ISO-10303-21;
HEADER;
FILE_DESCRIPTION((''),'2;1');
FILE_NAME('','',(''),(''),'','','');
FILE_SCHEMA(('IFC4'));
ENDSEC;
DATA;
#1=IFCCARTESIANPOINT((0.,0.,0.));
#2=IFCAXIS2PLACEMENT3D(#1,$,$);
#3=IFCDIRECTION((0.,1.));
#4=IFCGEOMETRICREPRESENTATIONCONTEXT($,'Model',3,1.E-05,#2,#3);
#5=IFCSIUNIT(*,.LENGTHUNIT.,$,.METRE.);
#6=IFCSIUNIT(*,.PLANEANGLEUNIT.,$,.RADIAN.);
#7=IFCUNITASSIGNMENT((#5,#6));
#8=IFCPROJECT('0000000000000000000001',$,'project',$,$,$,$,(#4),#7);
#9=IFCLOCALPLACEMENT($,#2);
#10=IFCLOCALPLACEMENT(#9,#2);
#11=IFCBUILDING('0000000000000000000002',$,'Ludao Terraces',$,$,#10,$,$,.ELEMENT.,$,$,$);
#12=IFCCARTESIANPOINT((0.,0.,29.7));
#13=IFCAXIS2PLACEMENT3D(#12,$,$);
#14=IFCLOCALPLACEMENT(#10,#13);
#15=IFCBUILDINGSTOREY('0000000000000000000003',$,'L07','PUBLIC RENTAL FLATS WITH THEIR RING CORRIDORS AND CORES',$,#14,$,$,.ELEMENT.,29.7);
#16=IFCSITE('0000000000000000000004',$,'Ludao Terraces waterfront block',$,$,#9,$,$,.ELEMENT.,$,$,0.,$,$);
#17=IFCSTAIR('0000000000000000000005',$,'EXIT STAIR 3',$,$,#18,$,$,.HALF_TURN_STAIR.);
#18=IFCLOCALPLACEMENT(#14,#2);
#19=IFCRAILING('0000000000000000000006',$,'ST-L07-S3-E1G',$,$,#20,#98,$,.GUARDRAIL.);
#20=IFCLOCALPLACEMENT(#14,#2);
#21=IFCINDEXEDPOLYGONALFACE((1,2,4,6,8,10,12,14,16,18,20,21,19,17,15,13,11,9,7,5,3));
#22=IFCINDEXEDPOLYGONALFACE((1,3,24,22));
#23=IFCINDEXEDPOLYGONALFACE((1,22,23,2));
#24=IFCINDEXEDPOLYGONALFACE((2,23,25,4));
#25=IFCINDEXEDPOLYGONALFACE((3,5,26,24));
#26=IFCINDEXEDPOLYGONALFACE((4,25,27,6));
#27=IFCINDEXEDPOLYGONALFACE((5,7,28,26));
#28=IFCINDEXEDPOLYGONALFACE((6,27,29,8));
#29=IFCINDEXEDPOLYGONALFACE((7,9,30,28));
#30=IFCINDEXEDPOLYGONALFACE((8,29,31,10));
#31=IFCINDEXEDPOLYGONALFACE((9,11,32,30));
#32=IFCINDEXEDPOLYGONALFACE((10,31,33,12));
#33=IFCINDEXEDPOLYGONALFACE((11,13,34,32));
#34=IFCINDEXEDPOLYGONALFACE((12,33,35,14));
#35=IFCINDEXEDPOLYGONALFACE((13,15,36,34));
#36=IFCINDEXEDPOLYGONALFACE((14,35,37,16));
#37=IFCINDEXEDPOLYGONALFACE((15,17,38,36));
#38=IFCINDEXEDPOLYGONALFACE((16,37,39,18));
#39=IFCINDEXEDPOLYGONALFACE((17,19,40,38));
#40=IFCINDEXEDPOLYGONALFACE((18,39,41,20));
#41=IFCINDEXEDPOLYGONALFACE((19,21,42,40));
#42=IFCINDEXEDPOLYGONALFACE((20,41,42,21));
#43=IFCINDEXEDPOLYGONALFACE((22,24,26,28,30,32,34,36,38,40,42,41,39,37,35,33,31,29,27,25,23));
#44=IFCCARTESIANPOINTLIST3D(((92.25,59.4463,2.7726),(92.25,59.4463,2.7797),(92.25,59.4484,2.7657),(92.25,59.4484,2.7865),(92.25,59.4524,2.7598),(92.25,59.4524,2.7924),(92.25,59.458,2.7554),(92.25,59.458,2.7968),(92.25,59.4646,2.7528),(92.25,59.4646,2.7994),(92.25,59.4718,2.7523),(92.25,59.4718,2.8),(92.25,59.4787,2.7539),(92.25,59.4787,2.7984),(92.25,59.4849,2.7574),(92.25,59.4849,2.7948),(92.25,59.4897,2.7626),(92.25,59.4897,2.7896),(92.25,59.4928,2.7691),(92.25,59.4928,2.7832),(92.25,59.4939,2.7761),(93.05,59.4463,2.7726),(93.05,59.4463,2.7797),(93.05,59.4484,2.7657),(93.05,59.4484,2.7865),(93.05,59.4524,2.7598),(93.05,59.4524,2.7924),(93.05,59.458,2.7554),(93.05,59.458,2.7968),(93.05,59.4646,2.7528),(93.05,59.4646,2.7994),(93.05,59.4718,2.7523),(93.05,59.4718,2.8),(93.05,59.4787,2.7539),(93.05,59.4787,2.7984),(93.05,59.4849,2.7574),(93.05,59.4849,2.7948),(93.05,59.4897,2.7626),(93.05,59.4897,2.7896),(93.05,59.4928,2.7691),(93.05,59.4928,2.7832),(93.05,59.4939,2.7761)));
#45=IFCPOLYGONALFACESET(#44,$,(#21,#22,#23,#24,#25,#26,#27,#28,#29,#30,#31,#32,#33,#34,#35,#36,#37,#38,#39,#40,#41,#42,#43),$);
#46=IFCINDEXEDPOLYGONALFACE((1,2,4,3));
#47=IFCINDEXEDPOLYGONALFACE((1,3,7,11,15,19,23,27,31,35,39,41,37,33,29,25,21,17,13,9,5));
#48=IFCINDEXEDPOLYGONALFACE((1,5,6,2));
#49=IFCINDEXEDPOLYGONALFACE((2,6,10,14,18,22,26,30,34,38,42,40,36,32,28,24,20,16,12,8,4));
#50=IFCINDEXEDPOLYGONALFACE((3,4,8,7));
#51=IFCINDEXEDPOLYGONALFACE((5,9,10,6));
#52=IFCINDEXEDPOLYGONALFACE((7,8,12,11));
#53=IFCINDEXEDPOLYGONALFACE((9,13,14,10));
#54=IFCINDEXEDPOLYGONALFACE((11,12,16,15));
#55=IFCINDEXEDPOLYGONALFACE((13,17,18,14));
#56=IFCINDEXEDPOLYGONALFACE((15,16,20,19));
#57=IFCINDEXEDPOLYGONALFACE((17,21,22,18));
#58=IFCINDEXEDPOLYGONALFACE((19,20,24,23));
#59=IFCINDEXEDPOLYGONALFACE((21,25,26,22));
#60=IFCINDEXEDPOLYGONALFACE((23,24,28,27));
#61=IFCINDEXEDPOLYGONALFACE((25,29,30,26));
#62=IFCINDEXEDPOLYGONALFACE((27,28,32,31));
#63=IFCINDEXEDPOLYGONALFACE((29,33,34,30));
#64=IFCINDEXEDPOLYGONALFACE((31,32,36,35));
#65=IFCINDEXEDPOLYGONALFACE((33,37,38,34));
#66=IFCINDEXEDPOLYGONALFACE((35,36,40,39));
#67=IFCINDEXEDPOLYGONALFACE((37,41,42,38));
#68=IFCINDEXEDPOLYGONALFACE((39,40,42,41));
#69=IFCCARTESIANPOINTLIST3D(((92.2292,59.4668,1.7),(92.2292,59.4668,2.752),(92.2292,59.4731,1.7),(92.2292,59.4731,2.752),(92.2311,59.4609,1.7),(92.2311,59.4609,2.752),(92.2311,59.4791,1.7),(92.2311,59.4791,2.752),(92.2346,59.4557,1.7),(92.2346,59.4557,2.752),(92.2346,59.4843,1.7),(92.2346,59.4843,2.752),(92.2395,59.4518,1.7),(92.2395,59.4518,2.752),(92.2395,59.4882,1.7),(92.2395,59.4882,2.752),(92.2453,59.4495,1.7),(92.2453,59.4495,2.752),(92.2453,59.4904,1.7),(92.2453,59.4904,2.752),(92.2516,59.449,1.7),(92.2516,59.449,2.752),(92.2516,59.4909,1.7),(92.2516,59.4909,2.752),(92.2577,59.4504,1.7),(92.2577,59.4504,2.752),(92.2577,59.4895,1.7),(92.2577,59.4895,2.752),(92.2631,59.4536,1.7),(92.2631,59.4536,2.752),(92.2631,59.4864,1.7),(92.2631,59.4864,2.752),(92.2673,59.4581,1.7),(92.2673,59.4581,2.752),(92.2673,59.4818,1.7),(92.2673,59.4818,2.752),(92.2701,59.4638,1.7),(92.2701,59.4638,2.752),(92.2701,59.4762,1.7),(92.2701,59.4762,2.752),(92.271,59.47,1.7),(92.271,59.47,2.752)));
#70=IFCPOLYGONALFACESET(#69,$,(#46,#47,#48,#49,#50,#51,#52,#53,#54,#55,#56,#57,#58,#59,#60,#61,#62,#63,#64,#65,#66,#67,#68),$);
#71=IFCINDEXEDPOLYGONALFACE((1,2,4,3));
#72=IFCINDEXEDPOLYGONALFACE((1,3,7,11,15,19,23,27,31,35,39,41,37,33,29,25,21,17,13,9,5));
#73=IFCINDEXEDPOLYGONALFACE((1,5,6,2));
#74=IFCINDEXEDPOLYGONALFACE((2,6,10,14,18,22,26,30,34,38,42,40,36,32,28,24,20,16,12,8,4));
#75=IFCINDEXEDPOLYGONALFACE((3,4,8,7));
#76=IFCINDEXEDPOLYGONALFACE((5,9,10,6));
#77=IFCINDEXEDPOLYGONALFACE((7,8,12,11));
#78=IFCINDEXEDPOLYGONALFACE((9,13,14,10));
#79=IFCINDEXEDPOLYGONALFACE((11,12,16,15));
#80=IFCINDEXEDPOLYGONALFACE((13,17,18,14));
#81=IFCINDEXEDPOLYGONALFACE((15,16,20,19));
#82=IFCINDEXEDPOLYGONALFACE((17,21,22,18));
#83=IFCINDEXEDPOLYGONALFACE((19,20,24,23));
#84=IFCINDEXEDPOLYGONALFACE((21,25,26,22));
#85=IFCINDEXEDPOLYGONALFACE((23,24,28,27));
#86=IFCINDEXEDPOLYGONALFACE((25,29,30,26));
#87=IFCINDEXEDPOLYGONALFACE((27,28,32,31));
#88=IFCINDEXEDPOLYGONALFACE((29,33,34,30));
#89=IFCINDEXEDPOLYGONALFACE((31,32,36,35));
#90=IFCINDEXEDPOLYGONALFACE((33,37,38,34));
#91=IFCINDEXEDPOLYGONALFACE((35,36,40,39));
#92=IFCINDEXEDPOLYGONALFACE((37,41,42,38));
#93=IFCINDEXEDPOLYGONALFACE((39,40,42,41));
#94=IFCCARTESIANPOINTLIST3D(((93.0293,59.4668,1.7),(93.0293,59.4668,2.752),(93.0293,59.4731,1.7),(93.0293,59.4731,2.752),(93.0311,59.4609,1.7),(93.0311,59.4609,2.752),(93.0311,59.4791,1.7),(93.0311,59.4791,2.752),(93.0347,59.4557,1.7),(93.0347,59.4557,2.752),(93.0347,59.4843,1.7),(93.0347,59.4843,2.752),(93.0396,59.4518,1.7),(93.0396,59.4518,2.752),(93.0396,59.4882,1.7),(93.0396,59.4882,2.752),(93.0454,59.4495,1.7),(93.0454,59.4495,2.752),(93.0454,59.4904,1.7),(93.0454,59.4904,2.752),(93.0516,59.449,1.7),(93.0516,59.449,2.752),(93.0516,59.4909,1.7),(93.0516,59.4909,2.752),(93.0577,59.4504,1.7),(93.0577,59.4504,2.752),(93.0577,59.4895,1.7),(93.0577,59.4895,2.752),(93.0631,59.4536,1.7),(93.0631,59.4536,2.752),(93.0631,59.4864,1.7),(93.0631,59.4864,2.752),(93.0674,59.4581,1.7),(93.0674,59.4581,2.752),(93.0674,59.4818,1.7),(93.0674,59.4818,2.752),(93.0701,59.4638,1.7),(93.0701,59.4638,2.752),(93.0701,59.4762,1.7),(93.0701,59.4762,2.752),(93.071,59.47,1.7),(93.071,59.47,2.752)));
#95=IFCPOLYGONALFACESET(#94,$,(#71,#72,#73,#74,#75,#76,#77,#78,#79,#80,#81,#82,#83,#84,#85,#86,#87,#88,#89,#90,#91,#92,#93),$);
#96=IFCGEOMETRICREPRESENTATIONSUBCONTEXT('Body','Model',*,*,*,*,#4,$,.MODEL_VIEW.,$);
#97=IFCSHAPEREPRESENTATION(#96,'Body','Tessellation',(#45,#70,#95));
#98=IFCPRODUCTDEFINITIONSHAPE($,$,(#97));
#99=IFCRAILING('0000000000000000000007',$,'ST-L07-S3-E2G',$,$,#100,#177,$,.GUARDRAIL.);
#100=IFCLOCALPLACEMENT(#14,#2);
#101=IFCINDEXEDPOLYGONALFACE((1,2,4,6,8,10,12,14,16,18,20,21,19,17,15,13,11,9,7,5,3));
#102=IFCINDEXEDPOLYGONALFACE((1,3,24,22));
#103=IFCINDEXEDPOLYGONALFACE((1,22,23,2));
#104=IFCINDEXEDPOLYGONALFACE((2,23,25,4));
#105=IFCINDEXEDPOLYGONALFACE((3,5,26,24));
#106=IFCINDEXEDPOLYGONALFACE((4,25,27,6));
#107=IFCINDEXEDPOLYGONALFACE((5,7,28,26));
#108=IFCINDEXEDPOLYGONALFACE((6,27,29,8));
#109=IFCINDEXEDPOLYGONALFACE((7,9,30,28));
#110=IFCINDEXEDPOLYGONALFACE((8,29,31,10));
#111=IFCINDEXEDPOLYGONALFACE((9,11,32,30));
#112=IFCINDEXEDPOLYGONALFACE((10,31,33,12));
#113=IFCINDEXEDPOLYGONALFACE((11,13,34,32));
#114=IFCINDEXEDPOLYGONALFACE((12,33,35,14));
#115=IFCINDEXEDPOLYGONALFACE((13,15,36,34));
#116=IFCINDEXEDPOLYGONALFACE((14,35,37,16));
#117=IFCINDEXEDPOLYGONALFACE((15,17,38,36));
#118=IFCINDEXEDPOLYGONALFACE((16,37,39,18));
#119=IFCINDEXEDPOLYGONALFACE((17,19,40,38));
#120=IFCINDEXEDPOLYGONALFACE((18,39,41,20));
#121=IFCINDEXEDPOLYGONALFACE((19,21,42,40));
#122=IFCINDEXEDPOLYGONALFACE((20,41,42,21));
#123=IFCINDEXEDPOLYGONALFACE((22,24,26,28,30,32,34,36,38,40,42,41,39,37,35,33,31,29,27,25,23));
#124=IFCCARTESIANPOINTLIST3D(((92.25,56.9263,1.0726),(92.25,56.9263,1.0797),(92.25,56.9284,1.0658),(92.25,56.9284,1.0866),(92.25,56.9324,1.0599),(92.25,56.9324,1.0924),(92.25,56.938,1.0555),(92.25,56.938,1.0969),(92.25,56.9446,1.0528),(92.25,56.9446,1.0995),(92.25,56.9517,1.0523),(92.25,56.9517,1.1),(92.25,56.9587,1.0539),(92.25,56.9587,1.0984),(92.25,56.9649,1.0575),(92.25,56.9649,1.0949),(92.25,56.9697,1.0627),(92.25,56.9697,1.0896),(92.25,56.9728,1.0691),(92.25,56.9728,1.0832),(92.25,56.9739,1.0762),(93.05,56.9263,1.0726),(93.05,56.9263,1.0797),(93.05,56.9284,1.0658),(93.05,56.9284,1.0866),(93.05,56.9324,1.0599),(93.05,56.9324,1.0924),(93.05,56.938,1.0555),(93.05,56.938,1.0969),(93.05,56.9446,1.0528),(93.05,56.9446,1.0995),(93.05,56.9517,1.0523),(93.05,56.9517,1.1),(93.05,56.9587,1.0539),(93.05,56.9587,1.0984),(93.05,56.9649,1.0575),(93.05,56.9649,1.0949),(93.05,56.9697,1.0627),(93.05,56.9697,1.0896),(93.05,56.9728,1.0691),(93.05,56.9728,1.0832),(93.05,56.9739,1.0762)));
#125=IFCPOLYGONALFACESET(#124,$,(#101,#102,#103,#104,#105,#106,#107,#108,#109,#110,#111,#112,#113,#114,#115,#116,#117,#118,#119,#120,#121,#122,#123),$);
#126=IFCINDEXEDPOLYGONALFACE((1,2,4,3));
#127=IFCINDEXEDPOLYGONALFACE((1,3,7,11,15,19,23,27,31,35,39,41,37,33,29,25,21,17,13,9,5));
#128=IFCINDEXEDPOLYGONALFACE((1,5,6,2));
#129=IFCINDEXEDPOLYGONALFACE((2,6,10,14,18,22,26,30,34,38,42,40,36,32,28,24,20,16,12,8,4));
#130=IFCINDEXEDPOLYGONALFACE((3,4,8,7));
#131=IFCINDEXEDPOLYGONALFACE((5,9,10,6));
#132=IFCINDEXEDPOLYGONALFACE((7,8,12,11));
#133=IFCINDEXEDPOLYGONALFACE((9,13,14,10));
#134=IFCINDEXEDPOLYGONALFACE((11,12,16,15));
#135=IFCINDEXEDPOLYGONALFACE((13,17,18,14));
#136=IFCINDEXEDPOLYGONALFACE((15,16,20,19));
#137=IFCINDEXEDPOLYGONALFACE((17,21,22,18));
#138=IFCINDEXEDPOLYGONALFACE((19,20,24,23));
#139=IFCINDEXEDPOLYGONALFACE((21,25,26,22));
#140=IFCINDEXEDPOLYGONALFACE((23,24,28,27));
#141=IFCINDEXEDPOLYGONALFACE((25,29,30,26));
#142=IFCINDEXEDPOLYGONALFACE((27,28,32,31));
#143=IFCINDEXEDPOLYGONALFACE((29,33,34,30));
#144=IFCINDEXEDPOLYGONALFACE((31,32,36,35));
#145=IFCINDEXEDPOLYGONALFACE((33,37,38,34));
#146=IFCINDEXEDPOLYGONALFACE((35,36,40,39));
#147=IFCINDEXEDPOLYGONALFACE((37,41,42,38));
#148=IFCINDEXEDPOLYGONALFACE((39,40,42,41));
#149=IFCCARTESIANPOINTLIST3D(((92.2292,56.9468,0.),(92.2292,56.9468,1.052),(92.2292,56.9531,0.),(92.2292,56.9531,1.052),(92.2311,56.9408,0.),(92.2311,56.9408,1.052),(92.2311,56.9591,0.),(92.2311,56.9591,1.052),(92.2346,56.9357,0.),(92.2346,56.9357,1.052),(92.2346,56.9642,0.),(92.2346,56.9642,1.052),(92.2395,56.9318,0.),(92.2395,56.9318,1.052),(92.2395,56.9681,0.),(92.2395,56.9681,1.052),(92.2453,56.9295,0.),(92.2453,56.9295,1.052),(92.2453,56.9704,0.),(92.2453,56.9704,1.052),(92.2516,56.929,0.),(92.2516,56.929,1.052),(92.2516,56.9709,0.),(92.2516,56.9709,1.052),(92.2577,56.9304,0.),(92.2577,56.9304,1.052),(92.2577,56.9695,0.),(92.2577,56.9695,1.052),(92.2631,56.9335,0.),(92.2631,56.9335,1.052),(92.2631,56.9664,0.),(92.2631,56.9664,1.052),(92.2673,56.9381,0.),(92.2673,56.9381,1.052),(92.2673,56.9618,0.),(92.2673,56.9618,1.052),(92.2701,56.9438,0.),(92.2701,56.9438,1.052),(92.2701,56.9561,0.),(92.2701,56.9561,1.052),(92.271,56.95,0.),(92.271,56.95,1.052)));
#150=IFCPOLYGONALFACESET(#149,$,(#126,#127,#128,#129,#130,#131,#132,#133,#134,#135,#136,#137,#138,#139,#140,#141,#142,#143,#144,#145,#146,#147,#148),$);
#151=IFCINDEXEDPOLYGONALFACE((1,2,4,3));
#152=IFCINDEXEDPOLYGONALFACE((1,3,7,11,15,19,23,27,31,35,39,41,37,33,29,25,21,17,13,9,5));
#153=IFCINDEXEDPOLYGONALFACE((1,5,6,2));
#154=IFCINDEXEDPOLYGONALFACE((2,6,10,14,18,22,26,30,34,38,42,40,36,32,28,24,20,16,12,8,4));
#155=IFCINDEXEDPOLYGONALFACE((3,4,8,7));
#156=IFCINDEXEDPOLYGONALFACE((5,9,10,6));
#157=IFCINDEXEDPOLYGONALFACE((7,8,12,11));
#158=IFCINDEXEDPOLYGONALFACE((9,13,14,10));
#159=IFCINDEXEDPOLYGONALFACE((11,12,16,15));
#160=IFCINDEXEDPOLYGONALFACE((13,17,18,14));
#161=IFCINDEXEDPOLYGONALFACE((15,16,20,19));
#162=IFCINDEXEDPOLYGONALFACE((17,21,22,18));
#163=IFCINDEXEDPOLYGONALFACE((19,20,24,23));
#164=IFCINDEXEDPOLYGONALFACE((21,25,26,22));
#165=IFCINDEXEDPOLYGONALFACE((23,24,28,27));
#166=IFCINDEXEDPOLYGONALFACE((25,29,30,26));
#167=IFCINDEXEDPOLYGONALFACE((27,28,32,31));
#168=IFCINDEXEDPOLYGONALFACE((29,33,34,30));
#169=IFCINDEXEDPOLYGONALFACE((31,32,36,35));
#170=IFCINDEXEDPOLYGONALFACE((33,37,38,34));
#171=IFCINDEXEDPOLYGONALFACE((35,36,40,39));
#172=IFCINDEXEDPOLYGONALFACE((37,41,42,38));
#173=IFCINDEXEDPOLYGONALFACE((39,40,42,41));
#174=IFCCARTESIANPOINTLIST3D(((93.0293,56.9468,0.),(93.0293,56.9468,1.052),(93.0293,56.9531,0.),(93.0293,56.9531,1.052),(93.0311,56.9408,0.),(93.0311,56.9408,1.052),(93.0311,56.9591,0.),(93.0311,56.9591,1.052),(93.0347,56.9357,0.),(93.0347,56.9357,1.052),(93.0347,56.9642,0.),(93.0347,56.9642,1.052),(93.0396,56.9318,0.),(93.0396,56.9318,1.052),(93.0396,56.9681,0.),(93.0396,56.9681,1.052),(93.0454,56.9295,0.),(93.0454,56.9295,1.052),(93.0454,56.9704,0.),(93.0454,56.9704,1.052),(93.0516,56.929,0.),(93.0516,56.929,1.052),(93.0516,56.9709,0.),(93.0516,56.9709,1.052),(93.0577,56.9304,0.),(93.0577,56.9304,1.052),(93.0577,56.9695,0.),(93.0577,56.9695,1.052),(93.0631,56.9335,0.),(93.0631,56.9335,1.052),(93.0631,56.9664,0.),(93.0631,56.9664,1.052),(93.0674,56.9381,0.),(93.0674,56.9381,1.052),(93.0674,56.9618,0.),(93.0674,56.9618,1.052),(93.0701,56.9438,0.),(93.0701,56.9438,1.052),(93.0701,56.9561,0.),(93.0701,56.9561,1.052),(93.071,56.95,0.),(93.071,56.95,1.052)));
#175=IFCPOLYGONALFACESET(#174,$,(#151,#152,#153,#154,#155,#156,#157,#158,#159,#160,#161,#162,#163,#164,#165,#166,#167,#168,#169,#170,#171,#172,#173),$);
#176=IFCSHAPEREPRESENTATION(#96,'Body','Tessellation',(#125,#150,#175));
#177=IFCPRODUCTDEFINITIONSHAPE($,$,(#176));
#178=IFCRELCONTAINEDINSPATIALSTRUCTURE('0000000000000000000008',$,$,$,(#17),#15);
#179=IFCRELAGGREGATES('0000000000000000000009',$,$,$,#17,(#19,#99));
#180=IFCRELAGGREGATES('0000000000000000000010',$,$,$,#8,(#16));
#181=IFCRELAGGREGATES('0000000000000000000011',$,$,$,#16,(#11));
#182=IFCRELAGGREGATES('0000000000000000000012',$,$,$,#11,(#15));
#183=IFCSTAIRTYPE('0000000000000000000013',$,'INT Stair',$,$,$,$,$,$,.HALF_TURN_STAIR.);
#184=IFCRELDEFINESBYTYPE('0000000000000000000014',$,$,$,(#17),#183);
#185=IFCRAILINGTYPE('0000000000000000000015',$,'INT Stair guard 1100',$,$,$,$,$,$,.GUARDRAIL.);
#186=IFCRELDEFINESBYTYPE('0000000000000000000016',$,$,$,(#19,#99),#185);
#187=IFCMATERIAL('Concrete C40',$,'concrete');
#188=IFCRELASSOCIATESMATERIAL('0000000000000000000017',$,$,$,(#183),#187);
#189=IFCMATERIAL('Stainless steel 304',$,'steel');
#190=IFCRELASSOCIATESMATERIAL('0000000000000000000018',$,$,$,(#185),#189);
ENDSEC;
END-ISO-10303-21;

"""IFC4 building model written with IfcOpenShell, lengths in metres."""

from ifc_helpers import new_model, si_unit, direction, frame, origin, origin_2d, place, context, subcontext, project, spatial, circle, extrude, material, type_object, element, aggregate, save


model = new_model("IFC4")

# Units and contexts
model_context = context("Model", 3, precision=1e-05, world=origin(), true_north=direction((0.0, 1.0)))
body_context = subcontext(model_context, "Body", "Model", "MODEL_VIEW")
ifc_project = project(units=[si_unit("LENGTHUNIT", "METRE"), si_unit("PLANEANGLEUNIT", "RADIAN")], contexts=[model_context])

# Site, building, storey
site_placement = place(None, origin())
site = spatial("IfcSite", under=ifc_project, at=site_placement, Name="Ludao Terraces waterfront block", CompositionType="ELEMENT", RefElevation=0.0)
building_placement = place(site_placement, origin())
building = spatial("IfcBuilding", under=site, at=building_placement, Name="Ludao Terraces", CompositionType="ELEMENT")
storey_placement = place(building_placement, frame((0.0, 0.0, 29.7)))
storey = spatial("IfcBuildingStorey", under=building, at=storey_placement, Name="L07", Description="PUBLIC RENTAL FLATS WITH THEIR RING CORRIDORS AND CORES", CompositionType="ELEMENT", Elevation=29.7)

# Stair, railings
ifc_material_1 = material(Name="Concrete C40", Category="concrete")
stair_type = type_object("IfcStairType", Name="INT Stair", PredefinedType="HALF_TURN_STAIR", material=ifc_material_1)
stair_placement = place(storey_placement, origin())
stair = element("IfcStair", 1, at=stair_placement, inside=storey, type_object=stair_type, Name="EXIT STAIR 3", PredefinedType="HALF_TURN_STAIR")
ifc_material_2 = material(Name="Stainless steel 304", Category="steel")
railing_type_1 = type_object("IfcRailingType", Name="INT Stair guard 1100", PredefinedType="GUARDRAIL", material=ifc_material_2)
railing_1_placement = place(storey_placement, frame((92.25, 59.47, 1.7)))
railing_1 = element("IfcRailing", 2, at=railing_1_placement, type_object=railing_type_1, Name="ST-L07-S3-E1G", PredefinedType="GUARDRAIL", context=body_context, shape_type="SweptSolid", body=[
    extrude(circle(Radius=0.0239, at=origin_2d()), frame((0.0, 0.0, 1.0762), z_axis=(1.0, 0.0, 0.0), x_axis=(0.0, 1.0, 0.0)), (0.0, 0.0, 1.0), 0.8),
    extrude(circle(Radius=0.021, at=origin_2d()), origin(), (0.0, 0.0, 1.0), 1.052),
    extrude(circle(Radius=0.021, at=origin_2d()), frame((0.8, 0.0, 0.0)), (0.0, 0.0, 1.0), 1.052),
])
railing_2_placement = place(storey_placement, frame((92.25, 56.95, 0.0)))
railing_2 = element("IfcRailing", 3, at=railing_2_placement, type_object=railing_type_1, Name="ST-L07-S3-E2G", PredefinedType="GUARDRAIL", context=body_context, shape_type="SweptSolid", body=[
    extrude(circle(Radius=0.0239, at=origin_2d()), frame((0.0, 0.0, 1.0762), z_axis=(1.0, 0.0, 0.0), x_axis=(0.0, 1.0, 0.0)), (0.0, 0.0, 1.0), 0.8),
    extrude(circle(Radius=0.021, at=origin_2d()), origin(), (0.0, 0.0, 1.0), 1.052),
    extrude(circle(Radius=0.021, at=origin_2d()), frame((0.8, 0.0, 0.0)), (0.0, 0.0, 1.0), 1.052),
])
aggregate(stair, [railing_1, railing_2])

save(model, "model.ifc")
